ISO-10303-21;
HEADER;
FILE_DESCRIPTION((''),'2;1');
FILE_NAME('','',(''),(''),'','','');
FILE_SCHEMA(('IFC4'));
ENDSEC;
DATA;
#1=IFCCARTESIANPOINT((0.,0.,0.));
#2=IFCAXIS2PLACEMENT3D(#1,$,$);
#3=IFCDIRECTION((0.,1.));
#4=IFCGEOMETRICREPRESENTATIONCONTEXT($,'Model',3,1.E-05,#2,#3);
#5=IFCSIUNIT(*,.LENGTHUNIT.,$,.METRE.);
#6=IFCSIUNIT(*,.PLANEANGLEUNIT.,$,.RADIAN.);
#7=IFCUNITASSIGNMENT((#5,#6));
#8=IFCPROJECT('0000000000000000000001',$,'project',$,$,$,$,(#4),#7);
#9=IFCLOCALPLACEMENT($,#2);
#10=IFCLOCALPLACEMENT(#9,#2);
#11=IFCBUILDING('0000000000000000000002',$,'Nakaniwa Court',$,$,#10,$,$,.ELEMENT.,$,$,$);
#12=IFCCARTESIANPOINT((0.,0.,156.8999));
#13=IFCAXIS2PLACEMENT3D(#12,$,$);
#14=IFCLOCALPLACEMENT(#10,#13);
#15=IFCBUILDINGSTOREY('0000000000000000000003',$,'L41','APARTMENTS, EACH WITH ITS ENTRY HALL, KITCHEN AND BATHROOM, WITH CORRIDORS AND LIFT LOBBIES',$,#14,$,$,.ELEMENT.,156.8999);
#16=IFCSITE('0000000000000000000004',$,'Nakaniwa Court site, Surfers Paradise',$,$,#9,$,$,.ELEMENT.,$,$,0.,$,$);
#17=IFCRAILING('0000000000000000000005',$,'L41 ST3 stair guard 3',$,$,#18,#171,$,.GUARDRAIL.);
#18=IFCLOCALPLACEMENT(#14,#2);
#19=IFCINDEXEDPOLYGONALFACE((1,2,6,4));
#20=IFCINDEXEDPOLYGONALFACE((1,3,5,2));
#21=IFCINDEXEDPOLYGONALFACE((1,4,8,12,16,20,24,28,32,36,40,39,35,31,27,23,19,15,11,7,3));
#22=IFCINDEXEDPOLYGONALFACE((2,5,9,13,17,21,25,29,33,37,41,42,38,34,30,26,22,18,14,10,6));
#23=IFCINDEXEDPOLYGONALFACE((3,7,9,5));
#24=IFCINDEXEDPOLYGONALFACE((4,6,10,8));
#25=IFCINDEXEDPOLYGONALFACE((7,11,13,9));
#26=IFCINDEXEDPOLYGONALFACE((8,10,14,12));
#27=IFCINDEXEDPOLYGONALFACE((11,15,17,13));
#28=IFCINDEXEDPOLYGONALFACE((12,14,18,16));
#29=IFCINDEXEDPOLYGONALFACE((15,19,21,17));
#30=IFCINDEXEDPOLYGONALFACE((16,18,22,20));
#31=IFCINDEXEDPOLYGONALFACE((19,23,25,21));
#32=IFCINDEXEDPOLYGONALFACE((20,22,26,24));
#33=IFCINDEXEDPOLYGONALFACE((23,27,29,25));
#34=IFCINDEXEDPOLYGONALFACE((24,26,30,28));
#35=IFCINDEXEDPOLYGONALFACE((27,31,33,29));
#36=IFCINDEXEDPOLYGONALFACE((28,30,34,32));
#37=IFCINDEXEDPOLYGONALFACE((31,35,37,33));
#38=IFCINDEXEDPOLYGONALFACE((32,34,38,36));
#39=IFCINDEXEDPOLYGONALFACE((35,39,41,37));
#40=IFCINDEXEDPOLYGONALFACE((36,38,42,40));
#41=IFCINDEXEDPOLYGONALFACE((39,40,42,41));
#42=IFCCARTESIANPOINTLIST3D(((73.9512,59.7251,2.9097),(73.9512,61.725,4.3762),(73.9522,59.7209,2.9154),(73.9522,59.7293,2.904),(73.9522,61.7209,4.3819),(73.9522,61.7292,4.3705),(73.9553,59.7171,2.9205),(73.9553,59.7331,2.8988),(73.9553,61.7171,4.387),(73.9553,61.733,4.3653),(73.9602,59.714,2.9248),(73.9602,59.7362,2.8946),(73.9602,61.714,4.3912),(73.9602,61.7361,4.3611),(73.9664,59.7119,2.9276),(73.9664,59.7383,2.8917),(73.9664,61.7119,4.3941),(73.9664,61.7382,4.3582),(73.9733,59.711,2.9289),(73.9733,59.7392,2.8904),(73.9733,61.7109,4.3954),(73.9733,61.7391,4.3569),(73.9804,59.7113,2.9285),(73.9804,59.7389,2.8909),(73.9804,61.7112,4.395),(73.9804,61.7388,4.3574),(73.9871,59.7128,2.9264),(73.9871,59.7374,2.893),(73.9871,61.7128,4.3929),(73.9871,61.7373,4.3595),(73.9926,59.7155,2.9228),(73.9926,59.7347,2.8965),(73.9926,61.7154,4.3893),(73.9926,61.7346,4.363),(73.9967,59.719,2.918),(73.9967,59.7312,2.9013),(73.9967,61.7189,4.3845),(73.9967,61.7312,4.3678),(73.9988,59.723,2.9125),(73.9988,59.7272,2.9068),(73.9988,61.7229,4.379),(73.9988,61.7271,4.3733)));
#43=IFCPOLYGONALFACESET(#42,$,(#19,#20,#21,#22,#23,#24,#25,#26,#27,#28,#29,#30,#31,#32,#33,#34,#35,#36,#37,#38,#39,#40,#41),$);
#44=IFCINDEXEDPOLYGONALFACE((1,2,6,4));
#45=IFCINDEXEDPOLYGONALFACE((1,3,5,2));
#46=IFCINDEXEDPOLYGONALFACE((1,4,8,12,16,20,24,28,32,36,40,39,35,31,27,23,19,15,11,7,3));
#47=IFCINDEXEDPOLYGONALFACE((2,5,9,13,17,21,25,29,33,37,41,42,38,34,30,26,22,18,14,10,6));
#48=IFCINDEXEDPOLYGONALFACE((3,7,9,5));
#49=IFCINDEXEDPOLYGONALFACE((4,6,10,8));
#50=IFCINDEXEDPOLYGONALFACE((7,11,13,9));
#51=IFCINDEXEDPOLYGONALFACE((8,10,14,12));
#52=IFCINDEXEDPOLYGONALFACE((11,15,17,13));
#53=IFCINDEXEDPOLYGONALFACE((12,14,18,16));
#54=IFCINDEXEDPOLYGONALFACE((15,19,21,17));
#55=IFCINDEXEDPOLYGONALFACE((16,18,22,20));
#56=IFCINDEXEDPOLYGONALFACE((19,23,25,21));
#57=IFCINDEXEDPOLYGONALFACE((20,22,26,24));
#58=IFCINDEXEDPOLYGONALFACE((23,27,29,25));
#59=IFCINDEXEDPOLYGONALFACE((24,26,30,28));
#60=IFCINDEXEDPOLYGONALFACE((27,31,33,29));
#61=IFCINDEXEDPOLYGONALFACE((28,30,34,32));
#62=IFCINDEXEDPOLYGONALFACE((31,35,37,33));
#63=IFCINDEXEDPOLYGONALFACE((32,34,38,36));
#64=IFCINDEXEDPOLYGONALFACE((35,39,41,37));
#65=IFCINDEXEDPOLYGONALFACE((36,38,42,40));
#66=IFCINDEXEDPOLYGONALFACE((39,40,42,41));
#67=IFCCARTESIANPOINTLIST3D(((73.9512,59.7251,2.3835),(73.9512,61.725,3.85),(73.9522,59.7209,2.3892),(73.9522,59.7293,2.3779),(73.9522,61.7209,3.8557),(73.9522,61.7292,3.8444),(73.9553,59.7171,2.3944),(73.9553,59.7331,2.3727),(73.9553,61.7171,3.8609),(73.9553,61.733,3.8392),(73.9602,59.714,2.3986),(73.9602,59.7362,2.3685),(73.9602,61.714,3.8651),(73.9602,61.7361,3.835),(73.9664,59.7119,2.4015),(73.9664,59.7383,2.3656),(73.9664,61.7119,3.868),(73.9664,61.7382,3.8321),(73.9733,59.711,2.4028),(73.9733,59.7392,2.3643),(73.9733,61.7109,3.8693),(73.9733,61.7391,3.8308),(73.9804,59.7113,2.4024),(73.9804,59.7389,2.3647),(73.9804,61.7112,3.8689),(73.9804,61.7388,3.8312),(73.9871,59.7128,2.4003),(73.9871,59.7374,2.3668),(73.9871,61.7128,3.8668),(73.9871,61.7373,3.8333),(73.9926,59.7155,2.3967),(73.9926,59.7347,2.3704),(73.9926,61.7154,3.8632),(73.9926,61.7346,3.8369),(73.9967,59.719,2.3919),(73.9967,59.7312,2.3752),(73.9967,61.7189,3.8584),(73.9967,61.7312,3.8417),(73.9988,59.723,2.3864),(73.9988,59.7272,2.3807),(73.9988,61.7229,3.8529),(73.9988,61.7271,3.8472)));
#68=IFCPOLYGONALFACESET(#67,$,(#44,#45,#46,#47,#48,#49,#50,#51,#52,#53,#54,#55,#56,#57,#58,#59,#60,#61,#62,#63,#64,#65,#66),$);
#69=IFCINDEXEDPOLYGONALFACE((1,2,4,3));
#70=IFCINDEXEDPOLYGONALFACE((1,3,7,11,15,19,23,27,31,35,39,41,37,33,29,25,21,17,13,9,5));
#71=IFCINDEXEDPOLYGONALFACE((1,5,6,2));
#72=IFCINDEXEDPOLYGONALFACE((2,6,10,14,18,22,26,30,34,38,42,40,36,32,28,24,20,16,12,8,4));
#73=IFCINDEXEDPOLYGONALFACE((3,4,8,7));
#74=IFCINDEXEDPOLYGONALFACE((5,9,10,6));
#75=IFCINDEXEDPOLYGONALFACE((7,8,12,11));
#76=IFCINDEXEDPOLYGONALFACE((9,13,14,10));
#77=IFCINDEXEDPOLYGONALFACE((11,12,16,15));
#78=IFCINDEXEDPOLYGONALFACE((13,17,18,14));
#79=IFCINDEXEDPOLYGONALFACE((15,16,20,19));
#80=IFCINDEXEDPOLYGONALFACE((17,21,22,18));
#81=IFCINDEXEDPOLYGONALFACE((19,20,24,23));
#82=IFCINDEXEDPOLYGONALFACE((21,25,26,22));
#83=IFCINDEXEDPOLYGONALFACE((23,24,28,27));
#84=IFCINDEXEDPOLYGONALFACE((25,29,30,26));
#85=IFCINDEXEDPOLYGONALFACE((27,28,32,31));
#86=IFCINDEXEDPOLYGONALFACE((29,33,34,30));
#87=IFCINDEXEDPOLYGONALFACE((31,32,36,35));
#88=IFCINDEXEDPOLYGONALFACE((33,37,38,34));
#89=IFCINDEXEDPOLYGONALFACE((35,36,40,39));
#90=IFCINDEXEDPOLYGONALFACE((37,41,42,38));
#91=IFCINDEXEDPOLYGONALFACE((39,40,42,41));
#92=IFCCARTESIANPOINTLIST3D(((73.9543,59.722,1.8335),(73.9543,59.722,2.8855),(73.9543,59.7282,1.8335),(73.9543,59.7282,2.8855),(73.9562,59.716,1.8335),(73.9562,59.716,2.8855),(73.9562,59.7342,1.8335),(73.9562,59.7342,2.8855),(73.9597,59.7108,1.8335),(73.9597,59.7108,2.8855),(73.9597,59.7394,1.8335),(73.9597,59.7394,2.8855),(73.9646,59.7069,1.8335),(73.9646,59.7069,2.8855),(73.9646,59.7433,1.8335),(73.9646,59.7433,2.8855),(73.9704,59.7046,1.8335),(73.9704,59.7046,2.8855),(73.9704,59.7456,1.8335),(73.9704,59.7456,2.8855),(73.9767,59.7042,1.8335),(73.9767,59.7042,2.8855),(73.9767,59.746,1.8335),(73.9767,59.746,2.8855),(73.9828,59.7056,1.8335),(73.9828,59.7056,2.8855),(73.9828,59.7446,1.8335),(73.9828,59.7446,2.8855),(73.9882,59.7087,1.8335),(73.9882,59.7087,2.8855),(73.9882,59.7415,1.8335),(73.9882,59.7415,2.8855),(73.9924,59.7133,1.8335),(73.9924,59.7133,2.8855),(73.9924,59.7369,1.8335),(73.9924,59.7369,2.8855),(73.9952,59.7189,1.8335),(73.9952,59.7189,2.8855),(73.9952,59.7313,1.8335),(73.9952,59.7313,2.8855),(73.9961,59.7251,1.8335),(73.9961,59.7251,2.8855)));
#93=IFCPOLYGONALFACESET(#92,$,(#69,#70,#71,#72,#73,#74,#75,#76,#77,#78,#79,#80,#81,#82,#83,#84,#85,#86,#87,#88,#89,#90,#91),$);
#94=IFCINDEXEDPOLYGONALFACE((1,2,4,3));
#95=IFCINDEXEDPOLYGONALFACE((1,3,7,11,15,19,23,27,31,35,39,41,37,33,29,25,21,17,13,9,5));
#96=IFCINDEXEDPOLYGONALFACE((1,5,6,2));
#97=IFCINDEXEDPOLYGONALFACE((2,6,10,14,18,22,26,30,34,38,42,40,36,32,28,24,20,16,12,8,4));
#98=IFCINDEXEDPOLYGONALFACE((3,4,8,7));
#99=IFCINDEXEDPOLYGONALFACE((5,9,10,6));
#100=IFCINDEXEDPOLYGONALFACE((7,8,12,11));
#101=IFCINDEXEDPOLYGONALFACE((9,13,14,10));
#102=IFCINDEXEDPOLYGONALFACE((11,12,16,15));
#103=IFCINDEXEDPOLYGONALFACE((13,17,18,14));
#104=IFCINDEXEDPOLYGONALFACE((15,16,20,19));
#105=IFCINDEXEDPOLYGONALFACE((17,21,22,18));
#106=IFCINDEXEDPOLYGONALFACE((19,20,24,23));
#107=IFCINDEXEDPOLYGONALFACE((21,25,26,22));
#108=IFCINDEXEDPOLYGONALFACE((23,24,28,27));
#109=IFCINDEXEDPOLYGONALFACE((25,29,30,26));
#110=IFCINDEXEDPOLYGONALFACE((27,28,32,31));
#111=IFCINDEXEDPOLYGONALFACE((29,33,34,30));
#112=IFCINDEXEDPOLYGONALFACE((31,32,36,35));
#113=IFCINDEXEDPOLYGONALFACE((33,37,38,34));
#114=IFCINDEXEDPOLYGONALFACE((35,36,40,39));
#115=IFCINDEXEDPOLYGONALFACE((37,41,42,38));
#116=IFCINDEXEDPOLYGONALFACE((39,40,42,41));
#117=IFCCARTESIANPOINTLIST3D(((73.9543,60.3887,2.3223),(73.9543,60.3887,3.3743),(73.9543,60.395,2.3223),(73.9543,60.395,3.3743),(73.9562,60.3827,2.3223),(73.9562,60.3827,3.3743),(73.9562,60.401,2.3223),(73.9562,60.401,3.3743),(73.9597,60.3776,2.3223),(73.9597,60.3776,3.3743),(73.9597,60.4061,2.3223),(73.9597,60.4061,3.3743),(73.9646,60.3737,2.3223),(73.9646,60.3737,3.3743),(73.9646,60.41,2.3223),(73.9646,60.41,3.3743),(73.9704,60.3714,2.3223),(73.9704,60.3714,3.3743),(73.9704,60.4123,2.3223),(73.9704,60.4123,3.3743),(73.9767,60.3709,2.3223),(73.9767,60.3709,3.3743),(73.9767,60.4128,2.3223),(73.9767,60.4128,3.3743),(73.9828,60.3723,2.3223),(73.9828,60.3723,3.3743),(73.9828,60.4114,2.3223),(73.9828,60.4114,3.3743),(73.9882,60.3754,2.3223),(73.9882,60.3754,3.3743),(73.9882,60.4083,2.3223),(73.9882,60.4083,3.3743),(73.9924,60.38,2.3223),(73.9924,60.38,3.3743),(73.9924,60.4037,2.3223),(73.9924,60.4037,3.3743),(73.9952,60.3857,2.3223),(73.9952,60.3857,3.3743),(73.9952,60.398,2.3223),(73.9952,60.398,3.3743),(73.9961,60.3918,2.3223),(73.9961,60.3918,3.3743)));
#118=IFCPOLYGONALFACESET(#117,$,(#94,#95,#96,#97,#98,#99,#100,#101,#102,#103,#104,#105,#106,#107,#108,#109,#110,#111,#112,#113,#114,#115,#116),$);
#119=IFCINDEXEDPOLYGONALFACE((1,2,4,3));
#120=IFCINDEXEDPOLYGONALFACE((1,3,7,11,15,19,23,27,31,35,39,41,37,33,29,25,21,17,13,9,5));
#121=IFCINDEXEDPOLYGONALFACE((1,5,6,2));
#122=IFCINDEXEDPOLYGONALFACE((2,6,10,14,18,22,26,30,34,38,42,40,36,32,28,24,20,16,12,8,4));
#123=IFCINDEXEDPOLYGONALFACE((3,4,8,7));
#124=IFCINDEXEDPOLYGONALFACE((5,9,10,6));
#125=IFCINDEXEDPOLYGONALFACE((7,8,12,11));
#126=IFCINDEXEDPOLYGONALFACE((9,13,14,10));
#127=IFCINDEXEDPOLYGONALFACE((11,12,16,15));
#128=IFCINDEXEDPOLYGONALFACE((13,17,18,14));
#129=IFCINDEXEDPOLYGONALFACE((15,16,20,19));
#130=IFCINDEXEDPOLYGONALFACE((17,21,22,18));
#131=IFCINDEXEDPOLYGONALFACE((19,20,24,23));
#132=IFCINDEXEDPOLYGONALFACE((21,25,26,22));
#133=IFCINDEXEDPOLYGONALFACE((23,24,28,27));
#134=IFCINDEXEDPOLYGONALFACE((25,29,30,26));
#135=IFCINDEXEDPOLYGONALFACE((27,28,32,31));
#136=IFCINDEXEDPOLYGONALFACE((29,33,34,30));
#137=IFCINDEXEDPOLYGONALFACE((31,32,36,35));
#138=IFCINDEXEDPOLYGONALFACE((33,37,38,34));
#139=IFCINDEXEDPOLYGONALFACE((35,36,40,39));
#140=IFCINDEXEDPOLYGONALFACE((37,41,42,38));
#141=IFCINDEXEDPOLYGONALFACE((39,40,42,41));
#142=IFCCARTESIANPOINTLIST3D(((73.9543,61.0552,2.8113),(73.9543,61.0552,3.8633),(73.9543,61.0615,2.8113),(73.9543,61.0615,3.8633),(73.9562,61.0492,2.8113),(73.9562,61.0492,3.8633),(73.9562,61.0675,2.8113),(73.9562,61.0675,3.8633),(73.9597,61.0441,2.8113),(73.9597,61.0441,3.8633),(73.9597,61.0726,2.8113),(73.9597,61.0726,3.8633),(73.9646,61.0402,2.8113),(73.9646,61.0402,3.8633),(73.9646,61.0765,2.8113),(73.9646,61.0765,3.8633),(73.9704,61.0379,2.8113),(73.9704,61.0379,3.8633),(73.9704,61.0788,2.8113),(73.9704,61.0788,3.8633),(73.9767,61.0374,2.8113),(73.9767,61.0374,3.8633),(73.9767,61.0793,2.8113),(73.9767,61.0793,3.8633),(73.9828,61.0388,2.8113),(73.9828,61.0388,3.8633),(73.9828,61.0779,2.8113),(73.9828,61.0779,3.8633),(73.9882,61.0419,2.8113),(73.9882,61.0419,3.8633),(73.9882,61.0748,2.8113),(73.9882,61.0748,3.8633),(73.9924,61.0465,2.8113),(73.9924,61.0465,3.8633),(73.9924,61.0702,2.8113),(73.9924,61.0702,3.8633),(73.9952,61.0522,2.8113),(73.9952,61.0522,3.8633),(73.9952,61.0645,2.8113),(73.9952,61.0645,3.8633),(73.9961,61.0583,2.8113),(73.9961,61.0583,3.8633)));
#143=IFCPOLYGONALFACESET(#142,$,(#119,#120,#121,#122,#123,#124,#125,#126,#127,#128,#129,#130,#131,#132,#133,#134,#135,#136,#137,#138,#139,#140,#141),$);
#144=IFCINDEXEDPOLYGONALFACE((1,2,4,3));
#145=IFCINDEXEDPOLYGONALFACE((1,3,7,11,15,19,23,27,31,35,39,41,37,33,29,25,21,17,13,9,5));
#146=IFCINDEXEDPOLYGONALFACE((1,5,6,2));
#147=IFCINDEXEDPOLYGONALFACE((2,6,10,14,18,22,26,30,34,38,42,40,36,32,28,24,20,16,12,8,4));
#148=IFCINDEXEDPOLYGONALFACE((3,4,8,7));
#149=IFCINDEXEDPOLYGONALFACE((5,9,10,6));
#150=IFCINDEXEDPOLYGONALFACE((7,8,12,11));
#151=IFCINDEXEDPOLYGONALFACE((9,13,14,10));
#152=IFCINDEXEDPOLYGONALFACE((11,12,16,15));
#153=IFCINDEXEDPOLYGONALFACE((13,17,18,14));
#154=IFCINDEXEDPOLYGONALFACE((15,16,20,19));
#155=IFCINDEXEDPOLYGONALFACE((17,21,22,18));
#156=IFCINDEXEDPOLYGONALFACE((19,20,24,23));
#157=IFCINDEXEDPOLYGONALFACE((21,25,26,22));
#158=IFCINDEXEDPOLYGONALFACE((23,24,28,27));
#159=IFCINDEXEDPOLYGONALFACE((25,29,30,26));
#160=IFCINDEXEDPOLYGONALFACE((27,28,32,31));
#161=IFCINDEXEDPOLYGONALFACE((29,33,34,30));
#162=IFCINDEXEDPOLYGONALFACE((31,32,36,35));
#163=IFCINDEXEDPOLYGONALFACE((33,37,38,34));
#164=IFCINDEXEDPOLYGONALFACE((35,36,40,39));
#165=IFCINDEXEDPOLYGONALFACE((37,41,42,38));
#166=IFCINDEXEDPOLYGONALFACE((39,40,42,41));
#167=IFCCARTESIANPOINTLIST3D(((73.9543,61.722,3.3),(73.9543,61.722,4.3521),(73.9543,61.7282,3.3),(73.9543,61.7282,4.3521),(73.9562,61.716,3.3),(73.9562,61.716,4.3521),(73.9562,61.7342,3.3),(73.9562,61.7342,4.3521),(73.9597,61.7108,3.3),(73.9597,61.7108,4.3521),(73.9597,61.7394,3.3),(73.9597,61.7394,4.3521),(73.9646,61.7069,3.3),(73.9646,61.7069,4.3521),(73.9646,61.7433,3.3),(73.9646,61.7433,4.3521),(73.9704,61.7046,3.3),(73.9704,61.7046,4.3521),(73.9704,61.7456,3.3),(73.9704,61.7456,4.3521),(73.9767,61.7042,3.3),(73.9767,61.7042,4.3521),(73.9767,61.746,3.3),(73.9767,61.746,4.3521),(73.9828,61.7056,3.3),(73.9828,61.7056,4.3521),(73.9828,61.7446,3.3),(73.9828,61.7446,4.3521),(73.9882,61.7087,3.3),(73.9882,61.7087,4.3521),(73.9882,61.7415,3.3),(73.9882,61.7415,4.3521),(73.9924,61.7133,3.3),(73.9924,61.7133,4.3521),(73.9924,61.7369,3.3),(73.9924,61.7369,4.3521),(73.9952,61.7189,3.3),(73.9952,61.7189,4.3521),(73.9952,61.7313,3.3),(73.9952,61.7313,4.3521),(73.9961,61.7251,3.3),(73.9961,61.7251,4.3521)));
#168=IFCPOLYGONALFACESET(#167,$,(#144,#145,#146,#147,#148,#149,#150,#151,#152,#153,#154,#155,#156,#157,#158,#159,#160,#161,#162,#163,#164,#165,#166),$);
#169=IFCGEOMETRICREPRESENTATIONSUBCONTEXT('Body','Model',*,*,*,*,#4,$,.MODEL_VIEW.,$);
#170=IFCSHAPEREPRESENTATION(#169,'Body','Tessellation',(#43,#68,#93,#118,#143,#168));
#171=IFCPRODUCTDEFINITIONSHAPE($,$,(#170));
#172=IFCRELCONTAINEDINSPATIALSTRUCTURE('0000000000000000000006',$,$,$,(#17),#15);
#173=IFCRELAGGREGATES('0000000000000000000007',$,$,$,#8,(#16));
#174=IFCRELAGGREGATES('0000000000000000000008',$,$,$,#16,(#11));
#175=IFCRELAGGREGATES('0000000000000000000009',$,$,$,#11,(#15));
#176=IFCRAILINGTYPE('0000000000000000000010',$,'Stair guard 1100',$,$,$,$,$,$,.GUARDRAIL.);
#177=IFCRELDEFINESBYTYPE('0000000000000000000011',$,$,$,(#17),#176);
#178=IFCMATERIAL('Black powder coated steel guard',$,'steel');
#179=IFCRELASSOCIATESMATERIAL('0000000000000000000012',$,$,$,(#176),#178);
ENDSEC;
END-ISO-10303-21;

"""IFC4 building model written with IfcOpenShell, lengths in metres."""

from ifc_helpers import new_model, si_unit, direction, frame, origin, origin_2d, place, context, subcontext, project, spatial, circle, extrude, material, type_object, element, save


model = new_model("IFC4")

# Units and contexts
model_context = context("Model", 3, precision=1e-05, world=origin(), true_north=direction((0.0, 1.0)))
body_context = subcontext(model_context, "Body", "Model", "MODEL_VIEW")
ifc_project = project(units=[si_unit("LENGTHUNIT", "METRE"), si_unit("PLANEANGLEUNIT", "RADIAN")], contexts=[model_context])

# Site, building, storey
site_placement = place(None, origin())
site = spatial("IfcSite", under=ifc_project, at=site_placement, Name="Nakaniwa Court site, Surfers Paradise", CompositionType="ELEMENT", RefElevation=0.0)
building_placement = place(site_placement, origin())
building = spatial("IfcBuilding", under=site, at=building_placement, Name="Nakaniwa Court", CompositionType="ELEMENT")
storey_placement = place(building_placement, frame((0.0, 0.0, 156.8999)))
storey = spatial("IfcBuildingStorey", under=building, at=storey_placement, Name="L41", Description="APARTMENTS, EACH WITH ITS ENTRY HALL, KITCHEN AND BATHROOM, WITH CORRIDORS AND LIFT LOBBIES", CompositionType="ELEMENT", Elevation=156.8999)

# Railing
ifc_material_1 = material(Name="Black powder coated steel guard", Category="steel")
railing_type_1 = type_object("IfcRailingType", Name="Stair guard 1100", PredefinedType="GUARDRAIL", material=ifc_material_1)
railing_1_placement = place(storey_placement, frame((73.9751, 59.7251, 1.8335)))
element("IfcRailing", 1, at=railing_1_placement, inside=storey, type_object=railing_type_1, Name="L41 ST3 stair guard 3", PredefinedType="GUARDRAIL", context=body_context, shape_type="SweptSolid", body=[
    extrude(circle(Radius=0.0239, at=origin_2d()), frame((0.0, 0.0, 1.0762), z_axis=(0.0, 0.806427, 0.591334), x_axis=(-1.0, 0.0, 0.0)), (0.0, 0.0, 1.0), 2.48),
    extrude(circle(Radius=0.0239, at=origin_2d()), frame((0.0, 0.0, 0.55), z_axis=(0.0, 0.806427, 0.591334), x_axis=(-1.0, 0.0, 0.0)), (0.0, 0.0, 1.0), 2.48),
    extrude(circle(Radius=0.021, at=origin_2d()), origin(), (0.0, 0.0, 1.0), 1.052),
    extrude(circle(Radius=0.021, at=origin_2d()), frame((0.0, 0.6667, 0.4888)), (0.0, 0.0, 1.0), 1.052),
    extrude(circle(Radius=0.021, at=origin_2d()), frame((0.0, 1.3333, 0.9778)), (0.0, 0.0, 1.0), 1.052),
    extrude(circle(Radius=0.021, at=origin_2d()), frame((0.0, 2.0, 1.4666)), (0.0, 0.0, 1.0), 1.052),
])

save(model, "model.ifc")
